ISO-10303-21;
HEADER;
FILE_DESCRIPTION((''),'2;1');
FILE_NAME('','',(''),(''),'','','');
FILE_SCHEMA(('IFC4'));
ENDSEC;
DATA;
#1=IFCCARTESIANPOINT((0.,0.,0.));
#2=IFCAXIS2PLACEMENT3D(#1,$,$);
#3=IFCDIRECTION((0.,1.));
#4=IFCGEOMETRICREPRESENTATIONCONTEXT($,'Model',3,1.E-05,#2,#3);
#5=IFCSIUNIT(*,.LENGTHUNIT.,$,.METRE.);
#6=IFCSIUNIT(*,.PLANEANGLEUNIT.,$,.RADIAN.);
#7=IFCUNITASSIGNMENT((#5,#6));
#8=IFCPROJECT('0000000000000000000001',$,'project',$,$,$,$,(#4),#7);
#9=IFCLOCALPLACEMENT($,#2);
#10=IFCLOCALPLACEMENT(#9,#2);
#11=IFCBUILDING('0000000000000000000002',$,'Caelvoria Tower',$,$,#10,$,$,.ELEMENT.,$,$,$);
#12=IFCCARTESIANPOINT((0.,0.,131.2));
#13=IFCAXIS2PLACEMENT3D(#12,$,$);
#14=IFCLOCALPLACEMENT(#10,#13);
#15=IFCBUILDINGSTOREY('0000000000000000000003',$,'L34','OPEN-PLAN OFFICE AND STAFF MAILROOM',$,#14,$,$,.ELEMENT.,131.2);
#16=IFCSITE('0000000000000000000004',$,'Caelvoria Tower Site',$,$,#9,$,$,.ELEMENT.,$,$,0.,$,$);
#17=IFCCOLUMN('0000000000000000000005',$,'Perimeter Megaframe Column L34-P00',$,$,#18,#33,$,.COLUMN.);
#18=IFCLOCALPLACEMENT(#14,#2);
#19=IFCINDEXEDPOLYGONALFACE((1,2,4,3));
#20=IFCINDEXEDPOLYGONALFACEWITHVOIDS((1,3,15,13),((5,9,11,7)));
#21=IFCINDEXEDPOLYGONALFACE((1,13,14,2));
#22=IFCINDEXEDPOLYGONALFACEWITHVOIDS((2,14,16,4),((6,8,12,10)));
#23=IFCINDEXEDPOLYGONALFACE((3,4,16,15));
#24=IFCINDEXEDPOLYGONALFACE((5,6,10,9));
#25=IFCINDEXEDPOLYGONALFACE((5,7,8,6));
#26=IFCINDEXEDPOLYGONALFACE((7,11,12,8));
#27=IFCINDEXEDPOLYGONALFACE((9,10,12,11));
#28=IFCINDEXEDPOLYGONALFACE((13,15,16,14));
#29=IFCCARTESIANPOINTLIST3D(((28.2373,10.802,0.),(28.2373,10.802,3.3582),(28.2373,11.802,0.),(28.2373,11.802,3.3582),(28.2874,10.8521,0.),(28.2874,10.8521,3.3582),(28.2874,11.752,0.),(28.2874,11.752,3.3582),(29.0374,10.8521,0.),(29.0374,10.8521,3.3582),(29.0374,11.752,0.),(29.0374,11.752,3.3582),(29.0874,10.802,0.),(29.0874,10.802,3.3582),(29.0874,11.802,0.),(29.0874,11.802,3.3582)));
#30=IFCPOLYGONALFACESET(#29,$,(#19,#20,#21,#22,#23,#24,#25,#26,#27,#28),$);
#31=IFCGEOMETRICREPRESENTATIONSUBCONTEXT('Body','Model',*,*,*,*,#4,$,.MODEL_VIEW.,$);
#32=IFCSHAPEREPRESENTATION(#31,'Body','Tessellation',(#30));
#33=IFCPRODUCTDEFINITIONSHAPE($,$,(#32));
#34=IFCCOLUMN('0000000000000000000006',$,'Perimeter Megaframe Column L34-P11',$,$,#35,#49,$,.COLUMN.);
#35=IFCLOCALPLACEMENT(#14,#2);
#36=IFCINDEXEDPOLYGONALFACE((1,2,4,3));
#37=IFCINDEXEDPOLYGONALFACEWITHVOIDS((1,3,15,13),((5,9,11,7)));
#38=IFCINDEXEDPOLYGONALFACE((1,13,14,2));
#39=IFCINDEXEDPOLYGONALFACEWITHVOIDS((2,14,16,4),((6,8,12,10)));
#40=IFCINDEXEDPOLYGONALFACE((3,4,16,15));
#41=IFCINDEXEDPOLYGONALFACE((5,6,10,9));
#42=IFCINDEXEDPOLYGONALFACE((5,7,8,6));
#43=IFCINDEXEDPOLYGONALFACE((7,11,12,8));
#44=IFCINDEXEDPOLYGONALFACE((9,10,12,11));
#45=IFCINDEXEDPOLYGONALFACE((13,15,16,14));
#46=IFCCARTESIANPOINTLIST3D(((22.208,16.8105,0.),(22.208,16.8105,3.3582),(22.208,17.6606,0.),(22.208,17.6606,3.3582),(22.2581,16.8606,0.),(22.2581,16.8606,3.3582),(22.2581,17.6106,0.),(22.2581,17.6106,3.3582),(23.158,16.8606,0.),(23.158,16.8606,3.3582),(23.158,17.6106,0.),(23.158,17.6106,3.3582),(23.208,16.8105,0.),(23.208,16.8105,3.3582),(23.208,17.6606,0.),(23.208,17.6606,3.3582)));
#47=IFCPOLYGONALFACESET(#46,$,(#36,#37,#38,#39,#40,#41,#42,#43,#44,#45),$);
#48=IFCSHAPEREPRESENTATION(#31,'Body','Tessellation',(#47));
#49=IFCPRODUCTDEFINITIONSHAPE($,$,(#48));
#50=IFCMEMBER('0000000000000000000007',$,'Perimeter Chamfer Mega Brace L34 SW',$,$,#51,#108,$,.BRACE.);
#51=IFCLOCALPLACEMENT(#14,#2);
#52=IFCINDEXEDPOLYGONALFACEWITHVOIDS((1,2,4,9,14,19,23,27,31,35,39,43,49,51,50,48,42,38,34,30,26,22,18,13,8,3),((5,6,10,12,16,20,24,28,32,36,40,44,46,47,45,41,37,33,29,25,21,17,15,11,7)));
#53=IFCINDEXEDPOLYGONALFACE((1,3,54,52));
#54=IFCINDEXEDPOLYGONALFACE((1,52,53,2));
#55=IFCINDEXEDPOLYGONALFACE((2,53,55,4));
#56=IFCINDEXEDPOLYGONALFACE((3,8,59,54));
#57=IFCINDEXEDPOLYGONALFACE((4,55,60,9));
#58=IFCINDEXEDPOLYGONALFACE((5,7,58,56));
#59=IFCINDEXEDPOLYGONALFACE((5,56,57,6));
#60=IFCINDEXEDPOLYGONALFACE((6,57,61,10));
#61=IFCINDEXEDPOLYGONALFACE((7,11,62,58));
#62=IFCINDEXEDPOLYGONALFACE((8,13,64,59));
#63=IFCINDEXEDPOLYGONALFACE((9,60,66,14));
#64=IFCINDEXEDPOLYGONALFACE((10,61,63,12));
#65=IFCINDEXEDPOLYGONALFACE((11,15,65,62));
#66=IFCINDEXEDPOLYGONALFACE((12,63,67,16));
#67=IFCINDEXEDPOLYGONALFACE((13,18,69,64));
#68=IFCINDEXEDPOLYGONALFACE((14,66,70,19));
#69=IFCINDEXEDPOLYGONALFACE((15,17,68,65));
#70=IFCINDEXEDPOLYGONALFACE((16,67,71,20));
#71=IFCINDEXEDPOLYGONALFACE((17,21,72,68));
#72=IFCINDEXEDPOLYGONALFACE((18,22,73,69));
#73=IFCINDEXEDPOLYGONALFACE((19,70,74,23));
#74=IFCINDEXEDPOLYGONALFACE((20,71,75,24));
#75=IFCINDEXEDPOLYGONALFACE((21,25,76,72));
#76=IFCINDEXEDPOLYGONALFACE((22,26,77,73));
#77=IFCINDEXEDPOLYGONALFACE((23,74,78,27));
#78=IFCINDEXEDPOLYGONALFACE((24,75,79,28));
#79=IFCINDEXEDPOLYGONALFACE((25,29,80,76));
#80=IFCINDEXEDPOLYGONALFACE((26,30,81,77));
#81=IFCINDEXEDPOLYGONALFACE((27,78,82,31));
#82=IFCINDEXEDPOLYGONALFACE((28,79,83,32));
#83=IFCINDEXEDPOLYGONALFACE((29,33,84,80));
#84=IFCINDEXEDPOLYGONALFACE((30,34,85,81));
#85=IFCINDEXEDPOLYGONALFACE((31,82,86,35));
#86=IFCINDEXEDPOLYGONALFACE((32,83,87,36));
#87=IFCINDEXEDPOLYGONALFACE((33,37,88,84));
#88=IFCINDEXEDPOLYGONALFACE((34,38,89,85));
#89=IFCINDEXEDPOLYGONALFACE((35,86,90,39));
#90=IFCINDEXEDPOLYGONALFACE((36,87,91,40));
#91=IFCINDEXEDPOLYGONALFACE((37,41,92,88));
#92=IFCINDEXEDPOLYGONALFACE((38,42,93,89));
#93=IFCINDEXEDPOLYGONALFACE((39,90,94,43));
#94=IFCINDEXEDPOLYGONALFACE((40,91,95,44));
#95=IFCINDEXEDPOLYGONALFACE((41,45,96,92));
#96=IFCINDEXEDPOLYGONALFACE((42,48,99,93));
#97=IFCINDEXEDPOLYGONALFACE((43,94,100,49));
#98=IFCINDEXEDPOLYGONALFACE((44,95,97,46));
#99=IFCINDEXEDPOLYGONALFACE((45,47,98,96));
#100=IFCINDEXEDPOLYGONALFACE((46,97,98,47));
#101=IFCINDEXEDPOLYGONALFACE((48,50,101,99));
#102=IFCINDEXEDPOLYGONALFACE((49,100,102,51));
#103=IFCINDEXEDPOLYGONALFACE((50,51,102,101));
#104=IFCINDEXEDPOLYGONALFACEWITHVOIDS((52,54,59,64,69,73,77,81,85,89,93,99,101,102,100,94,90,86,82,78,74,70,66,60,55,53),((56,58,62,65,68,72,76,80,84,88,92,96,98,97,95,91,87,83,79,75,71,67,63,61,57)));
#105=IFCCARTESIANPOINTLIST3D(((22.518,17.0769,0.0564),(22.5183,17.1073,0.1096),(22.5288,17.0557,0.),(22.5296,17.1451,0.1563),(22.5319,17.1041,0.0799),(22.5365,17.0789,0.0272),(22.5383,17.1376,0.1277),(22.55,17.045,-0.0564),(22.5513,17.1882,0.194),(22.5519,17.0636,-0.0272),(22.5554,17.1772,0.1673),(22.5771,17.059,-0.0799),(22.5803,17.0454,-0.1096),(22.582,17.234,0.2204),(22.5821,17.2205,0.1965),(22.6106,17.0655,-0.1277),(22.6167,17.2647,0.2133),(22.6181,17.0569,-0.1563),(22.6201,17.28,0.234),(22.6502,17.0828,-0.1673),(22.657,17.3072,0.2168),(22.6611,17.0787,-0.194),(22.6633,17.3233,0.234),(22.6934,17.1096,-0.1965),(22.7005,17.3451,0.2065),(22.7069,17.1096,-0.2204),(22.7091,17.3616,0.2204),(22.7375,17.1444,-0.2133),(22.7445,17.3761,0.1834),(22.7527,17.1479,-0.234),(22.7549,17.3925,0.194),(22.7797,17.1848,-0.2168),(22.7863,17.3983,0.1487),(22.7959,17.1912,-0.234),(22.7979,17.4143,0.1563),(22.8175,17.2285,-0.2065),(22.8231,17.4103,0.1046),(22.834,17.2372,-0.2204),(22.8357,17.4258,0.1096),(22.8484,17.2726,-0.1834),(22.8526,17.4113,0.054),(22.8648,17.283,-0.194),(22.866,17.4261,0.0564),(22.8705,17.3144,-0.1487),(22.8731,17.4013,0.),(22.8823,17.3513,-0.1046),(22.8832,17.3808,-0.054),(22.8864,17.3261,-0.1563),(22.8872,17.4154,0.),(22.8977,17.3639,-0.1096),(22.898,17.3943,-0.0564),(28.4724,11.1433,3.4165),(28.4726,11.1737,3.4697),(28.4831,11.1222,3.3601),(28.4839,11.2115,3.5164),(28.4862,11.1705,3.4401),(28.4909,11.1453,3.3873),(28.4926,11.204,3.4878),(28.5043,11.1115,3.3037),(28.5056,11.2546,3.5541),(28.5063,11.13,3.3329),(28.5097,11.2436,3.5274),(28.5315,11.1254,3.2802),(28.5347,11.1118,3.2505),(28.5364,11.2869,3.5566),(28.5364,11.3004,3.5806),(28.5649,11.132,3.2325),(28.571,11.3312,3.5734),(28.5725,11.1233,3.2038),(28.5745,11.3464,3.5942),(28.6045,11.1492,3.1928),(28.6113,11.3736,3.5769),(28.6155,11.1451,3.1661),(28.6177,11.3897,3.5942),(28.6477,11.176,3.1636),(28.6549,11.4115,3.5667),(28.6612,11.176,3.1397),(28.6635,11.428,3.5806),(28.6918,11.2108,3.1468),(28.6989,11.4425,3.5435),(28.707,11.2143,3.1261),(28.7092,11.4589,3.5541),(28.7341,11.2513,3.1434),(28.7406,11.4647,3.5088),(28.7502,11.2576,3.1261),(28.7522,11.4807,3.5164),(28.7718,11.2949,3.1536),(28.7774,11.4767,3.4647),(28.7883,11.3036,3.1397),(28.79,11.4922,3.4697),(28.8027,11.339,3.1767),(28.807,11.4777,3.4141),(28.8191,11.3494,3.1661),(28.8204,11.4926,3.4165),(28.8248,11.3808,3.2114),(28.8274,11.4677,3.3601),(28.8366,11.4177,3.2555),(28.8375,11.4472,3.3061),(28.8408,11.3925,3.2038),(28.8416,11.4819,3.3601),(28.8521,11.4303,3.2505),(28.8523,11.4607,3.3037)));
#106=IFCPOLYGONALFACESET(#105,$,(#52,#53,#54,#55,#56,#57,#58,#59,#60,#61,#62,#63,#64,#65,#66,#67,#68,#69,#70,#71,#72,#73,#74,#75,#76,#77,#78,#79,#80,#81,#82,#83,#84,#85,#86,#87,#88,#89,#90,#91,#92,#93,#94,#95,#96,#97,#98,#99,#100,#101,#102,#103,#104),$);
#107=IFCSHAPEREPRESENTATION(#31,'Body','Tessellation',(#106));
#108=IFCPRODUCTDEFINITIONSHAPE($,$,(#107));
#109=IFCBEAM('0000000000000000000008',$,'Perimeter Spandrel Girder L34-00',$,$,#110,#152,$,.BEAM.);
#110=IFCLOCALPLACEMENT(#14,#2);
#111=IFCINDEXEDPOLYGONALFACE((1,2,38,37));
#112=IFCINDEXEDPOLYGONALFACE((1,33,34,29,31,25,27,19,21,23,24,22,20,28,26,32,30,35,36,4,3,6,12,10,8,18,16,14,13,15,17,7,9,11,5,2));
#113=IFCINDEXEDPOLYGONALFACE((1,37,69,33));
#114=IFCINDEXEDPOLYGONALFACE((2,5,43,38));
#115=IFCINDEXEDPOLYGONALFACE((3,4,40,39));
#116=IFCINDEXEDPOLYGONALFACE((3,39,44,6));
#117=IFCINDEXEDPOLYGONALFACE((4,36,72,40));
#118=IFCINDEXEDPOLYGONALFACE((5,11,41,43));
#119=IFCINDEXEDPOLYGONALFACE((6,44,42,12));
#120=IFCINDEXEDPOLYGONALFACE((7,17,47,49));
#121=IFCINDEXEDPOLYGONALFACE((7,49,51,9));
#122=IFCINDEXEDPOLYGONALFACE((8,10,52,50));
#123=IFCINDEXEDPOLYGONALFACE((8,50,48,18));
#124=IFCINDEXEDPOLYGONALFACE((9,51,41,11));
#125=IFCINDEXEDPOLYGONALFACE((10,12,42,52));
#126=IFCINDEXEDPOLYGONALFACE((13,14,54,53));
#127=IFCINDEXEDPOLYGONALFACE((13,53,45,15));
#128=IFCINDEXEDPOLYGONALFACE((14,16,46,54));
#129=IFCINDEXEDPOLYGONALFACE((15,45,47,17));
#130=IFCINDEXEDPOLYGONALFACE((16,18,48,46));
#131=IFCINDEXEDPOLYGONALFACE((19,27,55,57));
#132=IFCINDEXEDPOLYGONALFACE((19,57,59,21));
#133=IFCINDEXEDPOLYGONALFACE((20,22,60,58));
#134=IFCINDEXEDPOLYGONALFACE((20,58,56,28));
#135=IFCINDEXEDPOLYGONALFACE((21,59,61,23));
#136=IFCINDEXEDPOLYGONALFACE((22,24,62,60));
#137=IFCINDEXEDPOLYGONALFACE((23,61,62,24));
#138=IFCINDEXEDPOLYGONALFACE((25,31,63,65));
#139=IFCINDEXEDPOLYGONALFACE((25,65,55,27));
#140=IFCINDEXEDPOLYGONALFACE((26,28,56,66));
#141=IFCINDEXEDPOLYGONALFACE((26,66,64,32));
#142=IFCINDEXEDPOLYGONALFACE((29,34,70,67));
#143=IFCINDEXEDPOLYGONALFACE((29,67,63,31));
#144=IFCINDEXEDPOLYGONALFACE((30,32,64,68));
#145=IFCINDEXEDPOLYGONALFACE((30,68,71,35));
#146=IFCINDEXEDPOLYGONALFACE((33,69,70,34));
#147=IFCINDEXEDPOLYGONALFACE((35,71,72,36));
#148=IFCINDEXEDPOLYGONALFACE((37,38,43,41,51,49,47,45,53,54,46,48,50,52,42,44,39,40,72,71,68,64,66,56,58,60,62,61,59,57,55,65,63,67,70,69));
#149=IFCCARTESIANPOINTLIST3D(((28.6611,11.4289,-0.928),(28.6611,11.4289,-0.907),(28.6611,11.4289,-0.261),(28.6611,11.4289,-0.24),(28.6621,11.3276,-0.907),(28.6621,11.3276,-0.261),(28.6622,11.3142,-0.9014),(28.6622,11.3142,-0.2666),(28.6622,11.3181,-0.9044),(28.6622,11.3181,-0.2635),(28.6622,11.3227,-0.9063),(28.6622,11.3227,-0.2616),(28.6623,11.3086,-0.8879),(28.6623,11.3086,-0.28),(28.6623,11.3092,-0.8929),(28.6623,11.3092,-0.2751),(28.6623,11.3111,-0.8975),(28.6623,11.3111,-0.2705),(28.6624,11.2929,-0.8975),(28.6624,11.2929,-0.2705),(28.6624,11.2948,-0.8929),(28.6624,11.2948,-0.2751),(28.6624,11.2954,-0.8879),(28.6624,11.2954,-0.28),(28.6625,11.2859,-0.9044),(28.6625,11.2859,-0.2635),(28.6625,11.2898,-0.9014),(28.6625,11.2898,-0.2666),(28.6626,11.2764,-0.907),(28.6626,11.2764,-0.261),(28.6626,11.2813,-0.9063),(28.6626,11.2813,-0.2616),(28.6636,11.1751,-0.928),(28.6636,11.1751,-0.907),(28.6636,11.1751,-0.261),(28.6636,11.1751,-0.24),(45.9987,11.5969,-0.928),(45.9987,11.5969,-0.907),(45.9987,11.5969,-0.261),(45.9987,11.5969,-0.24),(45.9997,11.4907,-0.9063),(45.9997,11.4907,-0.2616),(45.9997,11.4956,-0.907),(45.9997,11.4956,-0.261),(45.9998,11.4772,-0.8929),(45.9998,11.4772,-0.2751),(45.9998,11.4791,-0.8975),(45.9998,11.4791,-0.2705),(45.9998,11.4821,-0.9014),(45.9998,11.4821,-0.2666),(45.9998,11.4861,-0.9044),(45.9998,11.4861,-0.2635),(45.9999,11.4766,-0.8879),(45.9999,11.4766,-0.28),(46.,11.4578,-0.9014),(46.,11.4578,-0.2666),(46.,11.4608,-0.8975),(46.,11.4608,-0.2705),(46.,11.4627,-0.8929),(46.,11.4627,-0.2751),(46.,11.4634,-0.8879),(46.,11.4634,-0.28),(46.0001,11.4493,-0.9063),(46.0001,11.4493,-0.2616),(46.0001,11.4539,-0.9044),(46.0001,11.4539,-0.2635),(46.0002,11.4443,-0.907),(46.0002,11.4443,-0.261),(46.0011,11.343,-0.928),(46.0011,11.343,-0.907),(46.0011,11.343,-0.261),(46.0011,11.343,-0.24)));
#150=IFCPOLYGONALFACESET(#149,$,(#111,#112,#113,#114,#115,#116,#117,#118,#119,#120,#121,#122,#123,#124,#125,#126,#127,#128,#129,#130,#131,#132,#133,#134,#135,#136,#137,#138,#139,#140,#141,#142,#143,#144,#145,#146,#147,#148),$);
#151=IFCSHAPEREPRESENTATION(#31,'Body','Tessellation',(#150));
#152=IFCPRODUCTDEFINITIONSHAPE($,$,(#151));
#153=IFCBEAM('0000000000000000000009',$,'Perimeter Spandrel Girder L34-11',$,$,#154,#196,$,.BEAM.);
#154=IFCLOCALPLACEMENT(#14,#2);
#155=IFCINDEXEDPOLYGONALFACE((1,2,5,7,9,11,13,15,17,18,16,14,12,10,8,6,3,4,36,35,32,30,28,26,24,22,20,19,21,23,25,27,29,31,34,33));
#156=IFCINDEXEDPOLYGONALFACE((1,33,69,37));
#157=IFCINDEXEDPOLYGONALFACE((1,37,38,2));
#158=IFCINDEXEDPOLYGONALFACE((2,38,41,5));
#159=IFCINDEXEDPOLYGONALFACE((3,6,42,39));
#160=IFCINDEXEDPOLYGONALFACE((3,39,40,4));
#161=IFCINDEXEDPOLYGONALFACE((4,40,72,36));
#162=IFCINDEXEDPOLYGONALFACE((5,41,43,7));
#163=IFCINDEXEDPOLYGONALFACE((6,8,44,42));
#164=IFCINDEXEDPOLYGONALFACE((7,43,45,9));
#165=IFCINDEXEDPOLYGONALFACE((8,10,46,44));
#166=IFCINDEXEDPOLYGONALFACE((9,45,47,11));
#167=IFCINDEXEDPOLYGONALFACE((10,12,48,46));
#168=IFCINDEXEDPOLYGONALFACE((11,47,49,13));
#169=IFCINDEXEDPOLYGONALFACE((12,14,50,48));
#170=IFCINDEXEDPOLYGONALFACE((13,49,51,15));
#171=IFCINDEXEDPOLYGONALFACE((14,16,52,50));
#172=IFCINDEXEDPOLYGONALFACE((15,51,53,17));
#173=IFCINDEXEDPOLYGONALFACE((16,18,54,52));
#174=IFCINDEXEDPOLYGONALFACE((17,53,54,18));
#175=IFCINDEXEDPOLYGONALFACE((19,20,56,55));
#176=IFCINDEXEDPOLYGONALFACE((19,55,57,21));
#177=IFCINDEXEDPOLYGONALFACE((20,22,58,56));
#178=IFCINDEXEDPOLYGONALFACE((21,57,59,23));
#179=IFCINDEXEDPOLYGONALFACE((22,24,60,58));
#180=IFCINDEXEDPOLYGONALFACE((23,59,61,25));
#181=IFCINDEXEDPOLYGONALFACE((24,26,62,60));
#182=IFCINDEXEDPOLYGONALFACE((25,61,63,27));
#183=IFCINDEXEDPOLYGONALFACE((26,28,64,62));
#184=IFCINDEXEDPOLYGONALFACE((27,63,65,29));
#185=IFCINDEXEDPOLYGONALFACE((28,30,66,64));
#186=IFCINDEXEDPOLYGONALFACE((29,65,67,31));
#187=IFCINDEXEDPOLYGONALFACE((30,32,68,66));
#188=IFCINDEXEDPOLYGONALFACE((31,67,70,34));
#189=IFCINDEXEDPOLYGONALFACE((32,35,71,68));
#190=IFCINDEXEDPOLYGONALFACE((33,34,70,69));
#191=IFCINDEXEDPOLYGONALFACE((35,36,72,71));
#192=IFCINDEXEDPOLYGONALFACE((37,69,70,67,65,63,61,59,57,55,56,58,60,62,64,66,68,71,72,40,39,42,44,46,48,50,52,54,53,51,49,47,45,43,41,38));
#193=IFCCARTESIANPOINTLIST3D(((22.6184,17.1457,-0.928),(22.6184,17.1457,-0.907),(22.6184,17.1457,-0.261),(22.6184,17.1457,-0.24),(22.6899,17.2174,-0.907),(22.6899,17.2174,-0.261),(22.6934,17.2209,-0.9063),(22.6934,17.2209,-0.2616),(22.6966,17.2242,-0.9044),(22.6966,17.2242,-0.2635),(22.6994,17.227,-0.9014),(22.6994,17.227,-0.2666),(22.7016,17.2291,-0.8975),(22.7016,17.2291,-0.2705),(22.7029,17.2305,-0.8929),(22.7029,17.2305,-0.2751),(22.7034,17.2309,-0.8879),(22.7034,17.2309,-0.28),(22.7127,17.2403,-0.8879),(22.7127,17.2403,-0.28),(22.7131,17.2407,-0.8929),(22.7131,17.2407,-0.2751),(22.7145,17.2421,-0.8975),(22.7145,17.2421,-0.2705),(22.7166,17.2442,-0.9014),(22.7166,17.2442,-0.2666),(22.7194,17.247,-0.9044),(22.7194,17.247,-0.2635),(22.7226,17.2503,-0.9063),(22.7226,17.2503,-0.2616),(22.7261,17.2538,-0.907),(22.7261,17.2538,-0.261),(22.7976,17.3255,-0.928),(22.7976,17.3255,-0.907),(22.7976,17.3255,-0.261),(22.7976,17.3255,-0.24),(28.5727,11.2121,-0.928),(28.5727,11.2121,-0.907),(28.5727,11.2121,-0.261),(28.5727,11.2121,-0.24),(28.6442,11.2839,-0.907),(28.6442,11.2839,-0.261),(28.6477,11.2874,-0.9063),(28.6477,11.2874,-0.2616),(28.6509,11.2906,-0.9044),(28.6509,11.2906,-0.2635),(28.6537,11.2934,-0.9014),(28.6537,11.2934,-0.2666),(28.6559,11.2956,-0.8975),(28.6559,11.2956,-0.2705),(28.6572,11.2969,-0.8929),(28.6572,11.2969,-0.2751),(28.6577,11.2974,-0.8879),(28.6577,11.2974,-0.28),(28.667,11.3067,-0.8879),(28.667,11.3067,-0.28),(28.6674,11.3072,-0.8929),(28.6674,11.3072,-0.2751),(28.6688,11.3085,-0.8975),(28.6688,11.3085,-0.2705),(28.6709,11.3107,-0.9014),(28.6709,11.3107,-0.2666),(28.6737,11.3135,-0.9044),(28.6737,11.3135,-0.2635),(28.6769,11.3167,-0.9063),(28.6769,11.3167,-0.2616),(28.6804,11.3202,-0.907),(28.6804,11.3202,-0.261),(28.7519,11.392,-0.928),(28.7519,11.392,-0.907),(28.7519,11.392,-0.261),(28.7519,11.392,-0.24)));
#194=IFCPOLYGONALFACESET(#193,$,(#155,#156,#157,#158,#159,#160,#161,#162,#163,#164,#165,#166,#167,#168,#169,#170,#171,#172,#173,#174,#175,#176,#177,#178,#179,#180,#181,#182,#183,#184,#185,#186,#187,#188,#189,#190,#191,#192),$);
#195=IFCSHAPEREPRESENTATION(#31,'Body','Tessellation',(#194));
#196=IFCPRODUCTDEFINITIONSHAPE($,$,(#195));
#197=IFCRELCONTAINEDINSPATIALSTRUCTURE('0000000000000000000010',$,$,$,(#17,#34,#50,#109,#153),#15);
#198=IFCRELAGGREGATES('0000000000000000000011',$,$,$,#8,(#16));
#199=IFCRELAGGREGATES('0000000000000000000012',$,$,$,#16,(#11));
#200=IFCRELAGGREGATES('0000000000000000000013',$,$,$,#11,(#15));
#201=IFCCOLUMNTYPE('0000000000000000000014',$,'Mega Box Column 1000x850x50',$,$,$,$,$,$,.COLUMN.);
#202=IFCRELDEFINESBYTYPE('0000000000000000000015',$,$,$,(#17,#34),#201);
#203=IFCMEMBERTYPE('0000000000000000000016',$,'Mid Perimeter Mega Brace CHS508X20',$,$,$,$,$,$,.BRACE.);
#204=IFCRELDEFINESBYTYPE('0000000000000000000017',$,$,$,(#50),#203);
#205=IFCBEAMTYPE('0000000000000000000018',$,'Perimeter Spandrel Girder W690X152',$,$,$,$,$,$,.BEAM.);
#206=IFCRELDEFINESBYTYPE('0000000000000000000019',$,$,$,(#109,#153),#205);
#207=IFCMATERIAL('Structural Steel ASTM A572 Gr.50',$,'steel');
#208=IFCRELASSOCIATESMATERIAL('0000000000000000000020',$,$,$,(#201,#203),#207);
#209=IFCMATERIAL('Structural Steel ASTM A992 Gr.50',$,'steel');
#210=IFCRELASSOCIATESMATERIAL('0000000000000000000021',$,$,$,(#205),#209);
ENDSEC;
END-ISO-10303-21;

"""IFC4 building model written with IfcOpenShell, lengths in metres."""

from ifc_helpers import new_model, si_unit, direction, frame, origin, origin_2d, place, context, subcontext, project, spatial, hollow_rectangle, hollow_circle, i_section, extrude, material, material_profile, profile_set, type_object, element, save


model = new_model("IFC4")

# Units and contexts
model_context = context("Model", 3, precision=1e-05, world=origin(), true_north=direction((0.0, 1.0)))
body_context = subcontext(model_context, "Body", "Model", "MODEL_VIEW")
ifc_project = project(units=[si_unit("LENGTHUNIT", "METRE"), si_unit("PLANEANGLEUNIT", "RADIAN")], contexts=[model_context])

# Site, building, storey
site_placement = place(None, origin())
site = spatial("IfcSite", under=ifc_project, at=site_placement, Name="Caelvoria Tower Site", CompositionType="ELEMENT", RefElevation=0.0)
building_placement = place(site_placement, origin())
building = spatial("IfcBuilding", under=site, at=building_placement, Name="Caelvoria Tower", CompositionType="ELEMENT")
storey_placement = place(building_placement, frame((0.0, 0.0, 131.2)))
storey = spatial("IfcBuildingStorey", under=building, at=storey_placement, Name="L34", Description="OPEN-PLAN OFFICE AND STAFF MAILROOM", CompositionType="ELEMENT", Elevation=131.2)

# Columns
ifc_material_1 = material(Name="Structural Steel ASTM A572 Gr.50", Category="steel")
ifc_material_profile_1 = material_profile(ifc_material_1, hollow_rectangle(XDim=0.8501, YDim=1.0, WallThickness=0.05, at=origin_2d()), Name="Structural Steel ASTM A572 Gr.50")
ifc_profile_set_1 = profile_set([ifc_material_profile_1], Name="BOX1000X850X50 - Structural Steel ASTM A572 Gr.50")
column_type = type_object("IfcColumnType", Name="Mega Box Column 1000x850x50", PredefinedType="COLUMN", material=ifc_profile_set_1)
for number, where, z_axis, x_axis, name in (
    (1, (28.6624, 11.302, 0.0), (0.0, 0.0, 1.0), (1.0, 0.0, 0.0), "Perimeter Megaframe Column L34-P00"),
    (2, (22.708, 17.2356, 0.0), (0.0, 0.0, 1.0), (0.0, 1.0, 0.0), "Perimeter Megaframe Column L34-P11"),
):
    element("IfcColumn", number, at=place(storey_placement, frame(where, z_axis=z_axis, x_axis=x_axis)), inside=storey, type_object=column_type, Name=name, PredefinedType="COLUMN", context=body_context, shape_type="SweptSolid", body=[
        extrude(hollow_rectangle(XDim=0.8501, YDim=1.0, WallThickness=0.05, at=origin_2d()), origin(), (0.0, 0.0, 1.0), 3.3582),
    ])

# Member
ifc_material_profile_2 = material_profile(ifc_material_1, hollow_circle(Radius=0.2539, WallThickness=0.02, at=origin_2d()), Name="Structural Steel ASTM A572 Gr.50")
ifc_profile_set_2 = profile_set([ifc_material_profile_2], Name="CHS508X20 - Structural Steel ASTM A572 Gr.50")
member_type = type_object("IfcMemberType", Name="Mid Perimeter Mega Brace CHS508X20", PredefinedType="BRACE", material=ifc_profile_set_2)
member_placement = place(storey_placement, frame((22.708, 17.2356, 0.0), z_axis=(0.65774, -0.655447, 0.37117), x_axis=(0.705871, 0.70834, 0.0)))
element("IfcMember", 3, at=member_placement, inside=storey, type_object=member_type, Name="Perimeter Chamfer Mega Brace L34 SW", PredefinedType="BRACE", context=body_context, shape_type="SweptSolid", body=[
    extrude(hollow_circle(Radius=0.2539, WallThickness=0.02, at=origin_2d()), origin(), (0.0, 0.0, 1.0), 9.0527),
])

# Beams
ifc_material_2 = material(Name="Structural Steel ASTM A992 Gr.50", Category="steel")
ifc_material_profile_3 = material_profile(ifc_material_2, i_section(OverallWidth=0.2539, OverallDepth=0.688, WebThickness=0.0132, FlangeThickness=0.021, FilletRadius=0.019, at=origin_2d()), Name="Structural Steel ASTM A992 Gr.50")
ifc_profile_set_3 = profile_set([ifc_material_profile_3], Name="W690X152 - Structural Steel ASTM A992 Gr.50")
beam_type = type_object("IfcBeamType", Name="Perimeter Spandrel Girder W690X152", PredefinedType="BEAM", material=ifc_profile_set_3)
beam_1_placement = place(storey_placement, frame((28.6624, 11.302, -0.584), z_axis=(0.999953, 0.009688, 0.0), x_axis=(-0.009688, 0.999953, 0.0)))
element("IfcBeam", 4, at=beam_1_placement, inside=storey, type_object=beam_type, Name="Perimeter Spandrel Girder L34-00", PredefinedType="BEAM", context=body_context, shape_type="SweptSolid", body=[
    extrude(i_section(OverallWidth=0.2539, OverallDepth=0.688, WebThickness=0.0132, FlangeThickness=0.021, FilletRadius=0.019, at=origin_2d()), origin(), (0.0, 0.0, 1.0), 17.3384),
])
beam_2_placement = place(storey_placement, frame((22.708, 17.2356, -0.584), z_axis=(0.70834, -0.705871, 0.0), x_axis=(0.705871, 0.70834, 0.0)))
element("IfcBeam", 5, at=beam_2_placement, inside=storey, type_object=beam_type, Name="Perimeter Spandrel Girder L34-11", PredefinedType="BEAM", context=body_context, shape_type="SweptSolid", body=[
    extrude(i_section(OverallWidth=0.2539, OverallDepth=0.688, WebThickness=0.0132, FlangeThickness=0.021, FilletRadius=0.019, at=origin_2d()), origin(), (0.0, 0.0, 1.0), 8.406),
])

save(model, "model.ifc")
